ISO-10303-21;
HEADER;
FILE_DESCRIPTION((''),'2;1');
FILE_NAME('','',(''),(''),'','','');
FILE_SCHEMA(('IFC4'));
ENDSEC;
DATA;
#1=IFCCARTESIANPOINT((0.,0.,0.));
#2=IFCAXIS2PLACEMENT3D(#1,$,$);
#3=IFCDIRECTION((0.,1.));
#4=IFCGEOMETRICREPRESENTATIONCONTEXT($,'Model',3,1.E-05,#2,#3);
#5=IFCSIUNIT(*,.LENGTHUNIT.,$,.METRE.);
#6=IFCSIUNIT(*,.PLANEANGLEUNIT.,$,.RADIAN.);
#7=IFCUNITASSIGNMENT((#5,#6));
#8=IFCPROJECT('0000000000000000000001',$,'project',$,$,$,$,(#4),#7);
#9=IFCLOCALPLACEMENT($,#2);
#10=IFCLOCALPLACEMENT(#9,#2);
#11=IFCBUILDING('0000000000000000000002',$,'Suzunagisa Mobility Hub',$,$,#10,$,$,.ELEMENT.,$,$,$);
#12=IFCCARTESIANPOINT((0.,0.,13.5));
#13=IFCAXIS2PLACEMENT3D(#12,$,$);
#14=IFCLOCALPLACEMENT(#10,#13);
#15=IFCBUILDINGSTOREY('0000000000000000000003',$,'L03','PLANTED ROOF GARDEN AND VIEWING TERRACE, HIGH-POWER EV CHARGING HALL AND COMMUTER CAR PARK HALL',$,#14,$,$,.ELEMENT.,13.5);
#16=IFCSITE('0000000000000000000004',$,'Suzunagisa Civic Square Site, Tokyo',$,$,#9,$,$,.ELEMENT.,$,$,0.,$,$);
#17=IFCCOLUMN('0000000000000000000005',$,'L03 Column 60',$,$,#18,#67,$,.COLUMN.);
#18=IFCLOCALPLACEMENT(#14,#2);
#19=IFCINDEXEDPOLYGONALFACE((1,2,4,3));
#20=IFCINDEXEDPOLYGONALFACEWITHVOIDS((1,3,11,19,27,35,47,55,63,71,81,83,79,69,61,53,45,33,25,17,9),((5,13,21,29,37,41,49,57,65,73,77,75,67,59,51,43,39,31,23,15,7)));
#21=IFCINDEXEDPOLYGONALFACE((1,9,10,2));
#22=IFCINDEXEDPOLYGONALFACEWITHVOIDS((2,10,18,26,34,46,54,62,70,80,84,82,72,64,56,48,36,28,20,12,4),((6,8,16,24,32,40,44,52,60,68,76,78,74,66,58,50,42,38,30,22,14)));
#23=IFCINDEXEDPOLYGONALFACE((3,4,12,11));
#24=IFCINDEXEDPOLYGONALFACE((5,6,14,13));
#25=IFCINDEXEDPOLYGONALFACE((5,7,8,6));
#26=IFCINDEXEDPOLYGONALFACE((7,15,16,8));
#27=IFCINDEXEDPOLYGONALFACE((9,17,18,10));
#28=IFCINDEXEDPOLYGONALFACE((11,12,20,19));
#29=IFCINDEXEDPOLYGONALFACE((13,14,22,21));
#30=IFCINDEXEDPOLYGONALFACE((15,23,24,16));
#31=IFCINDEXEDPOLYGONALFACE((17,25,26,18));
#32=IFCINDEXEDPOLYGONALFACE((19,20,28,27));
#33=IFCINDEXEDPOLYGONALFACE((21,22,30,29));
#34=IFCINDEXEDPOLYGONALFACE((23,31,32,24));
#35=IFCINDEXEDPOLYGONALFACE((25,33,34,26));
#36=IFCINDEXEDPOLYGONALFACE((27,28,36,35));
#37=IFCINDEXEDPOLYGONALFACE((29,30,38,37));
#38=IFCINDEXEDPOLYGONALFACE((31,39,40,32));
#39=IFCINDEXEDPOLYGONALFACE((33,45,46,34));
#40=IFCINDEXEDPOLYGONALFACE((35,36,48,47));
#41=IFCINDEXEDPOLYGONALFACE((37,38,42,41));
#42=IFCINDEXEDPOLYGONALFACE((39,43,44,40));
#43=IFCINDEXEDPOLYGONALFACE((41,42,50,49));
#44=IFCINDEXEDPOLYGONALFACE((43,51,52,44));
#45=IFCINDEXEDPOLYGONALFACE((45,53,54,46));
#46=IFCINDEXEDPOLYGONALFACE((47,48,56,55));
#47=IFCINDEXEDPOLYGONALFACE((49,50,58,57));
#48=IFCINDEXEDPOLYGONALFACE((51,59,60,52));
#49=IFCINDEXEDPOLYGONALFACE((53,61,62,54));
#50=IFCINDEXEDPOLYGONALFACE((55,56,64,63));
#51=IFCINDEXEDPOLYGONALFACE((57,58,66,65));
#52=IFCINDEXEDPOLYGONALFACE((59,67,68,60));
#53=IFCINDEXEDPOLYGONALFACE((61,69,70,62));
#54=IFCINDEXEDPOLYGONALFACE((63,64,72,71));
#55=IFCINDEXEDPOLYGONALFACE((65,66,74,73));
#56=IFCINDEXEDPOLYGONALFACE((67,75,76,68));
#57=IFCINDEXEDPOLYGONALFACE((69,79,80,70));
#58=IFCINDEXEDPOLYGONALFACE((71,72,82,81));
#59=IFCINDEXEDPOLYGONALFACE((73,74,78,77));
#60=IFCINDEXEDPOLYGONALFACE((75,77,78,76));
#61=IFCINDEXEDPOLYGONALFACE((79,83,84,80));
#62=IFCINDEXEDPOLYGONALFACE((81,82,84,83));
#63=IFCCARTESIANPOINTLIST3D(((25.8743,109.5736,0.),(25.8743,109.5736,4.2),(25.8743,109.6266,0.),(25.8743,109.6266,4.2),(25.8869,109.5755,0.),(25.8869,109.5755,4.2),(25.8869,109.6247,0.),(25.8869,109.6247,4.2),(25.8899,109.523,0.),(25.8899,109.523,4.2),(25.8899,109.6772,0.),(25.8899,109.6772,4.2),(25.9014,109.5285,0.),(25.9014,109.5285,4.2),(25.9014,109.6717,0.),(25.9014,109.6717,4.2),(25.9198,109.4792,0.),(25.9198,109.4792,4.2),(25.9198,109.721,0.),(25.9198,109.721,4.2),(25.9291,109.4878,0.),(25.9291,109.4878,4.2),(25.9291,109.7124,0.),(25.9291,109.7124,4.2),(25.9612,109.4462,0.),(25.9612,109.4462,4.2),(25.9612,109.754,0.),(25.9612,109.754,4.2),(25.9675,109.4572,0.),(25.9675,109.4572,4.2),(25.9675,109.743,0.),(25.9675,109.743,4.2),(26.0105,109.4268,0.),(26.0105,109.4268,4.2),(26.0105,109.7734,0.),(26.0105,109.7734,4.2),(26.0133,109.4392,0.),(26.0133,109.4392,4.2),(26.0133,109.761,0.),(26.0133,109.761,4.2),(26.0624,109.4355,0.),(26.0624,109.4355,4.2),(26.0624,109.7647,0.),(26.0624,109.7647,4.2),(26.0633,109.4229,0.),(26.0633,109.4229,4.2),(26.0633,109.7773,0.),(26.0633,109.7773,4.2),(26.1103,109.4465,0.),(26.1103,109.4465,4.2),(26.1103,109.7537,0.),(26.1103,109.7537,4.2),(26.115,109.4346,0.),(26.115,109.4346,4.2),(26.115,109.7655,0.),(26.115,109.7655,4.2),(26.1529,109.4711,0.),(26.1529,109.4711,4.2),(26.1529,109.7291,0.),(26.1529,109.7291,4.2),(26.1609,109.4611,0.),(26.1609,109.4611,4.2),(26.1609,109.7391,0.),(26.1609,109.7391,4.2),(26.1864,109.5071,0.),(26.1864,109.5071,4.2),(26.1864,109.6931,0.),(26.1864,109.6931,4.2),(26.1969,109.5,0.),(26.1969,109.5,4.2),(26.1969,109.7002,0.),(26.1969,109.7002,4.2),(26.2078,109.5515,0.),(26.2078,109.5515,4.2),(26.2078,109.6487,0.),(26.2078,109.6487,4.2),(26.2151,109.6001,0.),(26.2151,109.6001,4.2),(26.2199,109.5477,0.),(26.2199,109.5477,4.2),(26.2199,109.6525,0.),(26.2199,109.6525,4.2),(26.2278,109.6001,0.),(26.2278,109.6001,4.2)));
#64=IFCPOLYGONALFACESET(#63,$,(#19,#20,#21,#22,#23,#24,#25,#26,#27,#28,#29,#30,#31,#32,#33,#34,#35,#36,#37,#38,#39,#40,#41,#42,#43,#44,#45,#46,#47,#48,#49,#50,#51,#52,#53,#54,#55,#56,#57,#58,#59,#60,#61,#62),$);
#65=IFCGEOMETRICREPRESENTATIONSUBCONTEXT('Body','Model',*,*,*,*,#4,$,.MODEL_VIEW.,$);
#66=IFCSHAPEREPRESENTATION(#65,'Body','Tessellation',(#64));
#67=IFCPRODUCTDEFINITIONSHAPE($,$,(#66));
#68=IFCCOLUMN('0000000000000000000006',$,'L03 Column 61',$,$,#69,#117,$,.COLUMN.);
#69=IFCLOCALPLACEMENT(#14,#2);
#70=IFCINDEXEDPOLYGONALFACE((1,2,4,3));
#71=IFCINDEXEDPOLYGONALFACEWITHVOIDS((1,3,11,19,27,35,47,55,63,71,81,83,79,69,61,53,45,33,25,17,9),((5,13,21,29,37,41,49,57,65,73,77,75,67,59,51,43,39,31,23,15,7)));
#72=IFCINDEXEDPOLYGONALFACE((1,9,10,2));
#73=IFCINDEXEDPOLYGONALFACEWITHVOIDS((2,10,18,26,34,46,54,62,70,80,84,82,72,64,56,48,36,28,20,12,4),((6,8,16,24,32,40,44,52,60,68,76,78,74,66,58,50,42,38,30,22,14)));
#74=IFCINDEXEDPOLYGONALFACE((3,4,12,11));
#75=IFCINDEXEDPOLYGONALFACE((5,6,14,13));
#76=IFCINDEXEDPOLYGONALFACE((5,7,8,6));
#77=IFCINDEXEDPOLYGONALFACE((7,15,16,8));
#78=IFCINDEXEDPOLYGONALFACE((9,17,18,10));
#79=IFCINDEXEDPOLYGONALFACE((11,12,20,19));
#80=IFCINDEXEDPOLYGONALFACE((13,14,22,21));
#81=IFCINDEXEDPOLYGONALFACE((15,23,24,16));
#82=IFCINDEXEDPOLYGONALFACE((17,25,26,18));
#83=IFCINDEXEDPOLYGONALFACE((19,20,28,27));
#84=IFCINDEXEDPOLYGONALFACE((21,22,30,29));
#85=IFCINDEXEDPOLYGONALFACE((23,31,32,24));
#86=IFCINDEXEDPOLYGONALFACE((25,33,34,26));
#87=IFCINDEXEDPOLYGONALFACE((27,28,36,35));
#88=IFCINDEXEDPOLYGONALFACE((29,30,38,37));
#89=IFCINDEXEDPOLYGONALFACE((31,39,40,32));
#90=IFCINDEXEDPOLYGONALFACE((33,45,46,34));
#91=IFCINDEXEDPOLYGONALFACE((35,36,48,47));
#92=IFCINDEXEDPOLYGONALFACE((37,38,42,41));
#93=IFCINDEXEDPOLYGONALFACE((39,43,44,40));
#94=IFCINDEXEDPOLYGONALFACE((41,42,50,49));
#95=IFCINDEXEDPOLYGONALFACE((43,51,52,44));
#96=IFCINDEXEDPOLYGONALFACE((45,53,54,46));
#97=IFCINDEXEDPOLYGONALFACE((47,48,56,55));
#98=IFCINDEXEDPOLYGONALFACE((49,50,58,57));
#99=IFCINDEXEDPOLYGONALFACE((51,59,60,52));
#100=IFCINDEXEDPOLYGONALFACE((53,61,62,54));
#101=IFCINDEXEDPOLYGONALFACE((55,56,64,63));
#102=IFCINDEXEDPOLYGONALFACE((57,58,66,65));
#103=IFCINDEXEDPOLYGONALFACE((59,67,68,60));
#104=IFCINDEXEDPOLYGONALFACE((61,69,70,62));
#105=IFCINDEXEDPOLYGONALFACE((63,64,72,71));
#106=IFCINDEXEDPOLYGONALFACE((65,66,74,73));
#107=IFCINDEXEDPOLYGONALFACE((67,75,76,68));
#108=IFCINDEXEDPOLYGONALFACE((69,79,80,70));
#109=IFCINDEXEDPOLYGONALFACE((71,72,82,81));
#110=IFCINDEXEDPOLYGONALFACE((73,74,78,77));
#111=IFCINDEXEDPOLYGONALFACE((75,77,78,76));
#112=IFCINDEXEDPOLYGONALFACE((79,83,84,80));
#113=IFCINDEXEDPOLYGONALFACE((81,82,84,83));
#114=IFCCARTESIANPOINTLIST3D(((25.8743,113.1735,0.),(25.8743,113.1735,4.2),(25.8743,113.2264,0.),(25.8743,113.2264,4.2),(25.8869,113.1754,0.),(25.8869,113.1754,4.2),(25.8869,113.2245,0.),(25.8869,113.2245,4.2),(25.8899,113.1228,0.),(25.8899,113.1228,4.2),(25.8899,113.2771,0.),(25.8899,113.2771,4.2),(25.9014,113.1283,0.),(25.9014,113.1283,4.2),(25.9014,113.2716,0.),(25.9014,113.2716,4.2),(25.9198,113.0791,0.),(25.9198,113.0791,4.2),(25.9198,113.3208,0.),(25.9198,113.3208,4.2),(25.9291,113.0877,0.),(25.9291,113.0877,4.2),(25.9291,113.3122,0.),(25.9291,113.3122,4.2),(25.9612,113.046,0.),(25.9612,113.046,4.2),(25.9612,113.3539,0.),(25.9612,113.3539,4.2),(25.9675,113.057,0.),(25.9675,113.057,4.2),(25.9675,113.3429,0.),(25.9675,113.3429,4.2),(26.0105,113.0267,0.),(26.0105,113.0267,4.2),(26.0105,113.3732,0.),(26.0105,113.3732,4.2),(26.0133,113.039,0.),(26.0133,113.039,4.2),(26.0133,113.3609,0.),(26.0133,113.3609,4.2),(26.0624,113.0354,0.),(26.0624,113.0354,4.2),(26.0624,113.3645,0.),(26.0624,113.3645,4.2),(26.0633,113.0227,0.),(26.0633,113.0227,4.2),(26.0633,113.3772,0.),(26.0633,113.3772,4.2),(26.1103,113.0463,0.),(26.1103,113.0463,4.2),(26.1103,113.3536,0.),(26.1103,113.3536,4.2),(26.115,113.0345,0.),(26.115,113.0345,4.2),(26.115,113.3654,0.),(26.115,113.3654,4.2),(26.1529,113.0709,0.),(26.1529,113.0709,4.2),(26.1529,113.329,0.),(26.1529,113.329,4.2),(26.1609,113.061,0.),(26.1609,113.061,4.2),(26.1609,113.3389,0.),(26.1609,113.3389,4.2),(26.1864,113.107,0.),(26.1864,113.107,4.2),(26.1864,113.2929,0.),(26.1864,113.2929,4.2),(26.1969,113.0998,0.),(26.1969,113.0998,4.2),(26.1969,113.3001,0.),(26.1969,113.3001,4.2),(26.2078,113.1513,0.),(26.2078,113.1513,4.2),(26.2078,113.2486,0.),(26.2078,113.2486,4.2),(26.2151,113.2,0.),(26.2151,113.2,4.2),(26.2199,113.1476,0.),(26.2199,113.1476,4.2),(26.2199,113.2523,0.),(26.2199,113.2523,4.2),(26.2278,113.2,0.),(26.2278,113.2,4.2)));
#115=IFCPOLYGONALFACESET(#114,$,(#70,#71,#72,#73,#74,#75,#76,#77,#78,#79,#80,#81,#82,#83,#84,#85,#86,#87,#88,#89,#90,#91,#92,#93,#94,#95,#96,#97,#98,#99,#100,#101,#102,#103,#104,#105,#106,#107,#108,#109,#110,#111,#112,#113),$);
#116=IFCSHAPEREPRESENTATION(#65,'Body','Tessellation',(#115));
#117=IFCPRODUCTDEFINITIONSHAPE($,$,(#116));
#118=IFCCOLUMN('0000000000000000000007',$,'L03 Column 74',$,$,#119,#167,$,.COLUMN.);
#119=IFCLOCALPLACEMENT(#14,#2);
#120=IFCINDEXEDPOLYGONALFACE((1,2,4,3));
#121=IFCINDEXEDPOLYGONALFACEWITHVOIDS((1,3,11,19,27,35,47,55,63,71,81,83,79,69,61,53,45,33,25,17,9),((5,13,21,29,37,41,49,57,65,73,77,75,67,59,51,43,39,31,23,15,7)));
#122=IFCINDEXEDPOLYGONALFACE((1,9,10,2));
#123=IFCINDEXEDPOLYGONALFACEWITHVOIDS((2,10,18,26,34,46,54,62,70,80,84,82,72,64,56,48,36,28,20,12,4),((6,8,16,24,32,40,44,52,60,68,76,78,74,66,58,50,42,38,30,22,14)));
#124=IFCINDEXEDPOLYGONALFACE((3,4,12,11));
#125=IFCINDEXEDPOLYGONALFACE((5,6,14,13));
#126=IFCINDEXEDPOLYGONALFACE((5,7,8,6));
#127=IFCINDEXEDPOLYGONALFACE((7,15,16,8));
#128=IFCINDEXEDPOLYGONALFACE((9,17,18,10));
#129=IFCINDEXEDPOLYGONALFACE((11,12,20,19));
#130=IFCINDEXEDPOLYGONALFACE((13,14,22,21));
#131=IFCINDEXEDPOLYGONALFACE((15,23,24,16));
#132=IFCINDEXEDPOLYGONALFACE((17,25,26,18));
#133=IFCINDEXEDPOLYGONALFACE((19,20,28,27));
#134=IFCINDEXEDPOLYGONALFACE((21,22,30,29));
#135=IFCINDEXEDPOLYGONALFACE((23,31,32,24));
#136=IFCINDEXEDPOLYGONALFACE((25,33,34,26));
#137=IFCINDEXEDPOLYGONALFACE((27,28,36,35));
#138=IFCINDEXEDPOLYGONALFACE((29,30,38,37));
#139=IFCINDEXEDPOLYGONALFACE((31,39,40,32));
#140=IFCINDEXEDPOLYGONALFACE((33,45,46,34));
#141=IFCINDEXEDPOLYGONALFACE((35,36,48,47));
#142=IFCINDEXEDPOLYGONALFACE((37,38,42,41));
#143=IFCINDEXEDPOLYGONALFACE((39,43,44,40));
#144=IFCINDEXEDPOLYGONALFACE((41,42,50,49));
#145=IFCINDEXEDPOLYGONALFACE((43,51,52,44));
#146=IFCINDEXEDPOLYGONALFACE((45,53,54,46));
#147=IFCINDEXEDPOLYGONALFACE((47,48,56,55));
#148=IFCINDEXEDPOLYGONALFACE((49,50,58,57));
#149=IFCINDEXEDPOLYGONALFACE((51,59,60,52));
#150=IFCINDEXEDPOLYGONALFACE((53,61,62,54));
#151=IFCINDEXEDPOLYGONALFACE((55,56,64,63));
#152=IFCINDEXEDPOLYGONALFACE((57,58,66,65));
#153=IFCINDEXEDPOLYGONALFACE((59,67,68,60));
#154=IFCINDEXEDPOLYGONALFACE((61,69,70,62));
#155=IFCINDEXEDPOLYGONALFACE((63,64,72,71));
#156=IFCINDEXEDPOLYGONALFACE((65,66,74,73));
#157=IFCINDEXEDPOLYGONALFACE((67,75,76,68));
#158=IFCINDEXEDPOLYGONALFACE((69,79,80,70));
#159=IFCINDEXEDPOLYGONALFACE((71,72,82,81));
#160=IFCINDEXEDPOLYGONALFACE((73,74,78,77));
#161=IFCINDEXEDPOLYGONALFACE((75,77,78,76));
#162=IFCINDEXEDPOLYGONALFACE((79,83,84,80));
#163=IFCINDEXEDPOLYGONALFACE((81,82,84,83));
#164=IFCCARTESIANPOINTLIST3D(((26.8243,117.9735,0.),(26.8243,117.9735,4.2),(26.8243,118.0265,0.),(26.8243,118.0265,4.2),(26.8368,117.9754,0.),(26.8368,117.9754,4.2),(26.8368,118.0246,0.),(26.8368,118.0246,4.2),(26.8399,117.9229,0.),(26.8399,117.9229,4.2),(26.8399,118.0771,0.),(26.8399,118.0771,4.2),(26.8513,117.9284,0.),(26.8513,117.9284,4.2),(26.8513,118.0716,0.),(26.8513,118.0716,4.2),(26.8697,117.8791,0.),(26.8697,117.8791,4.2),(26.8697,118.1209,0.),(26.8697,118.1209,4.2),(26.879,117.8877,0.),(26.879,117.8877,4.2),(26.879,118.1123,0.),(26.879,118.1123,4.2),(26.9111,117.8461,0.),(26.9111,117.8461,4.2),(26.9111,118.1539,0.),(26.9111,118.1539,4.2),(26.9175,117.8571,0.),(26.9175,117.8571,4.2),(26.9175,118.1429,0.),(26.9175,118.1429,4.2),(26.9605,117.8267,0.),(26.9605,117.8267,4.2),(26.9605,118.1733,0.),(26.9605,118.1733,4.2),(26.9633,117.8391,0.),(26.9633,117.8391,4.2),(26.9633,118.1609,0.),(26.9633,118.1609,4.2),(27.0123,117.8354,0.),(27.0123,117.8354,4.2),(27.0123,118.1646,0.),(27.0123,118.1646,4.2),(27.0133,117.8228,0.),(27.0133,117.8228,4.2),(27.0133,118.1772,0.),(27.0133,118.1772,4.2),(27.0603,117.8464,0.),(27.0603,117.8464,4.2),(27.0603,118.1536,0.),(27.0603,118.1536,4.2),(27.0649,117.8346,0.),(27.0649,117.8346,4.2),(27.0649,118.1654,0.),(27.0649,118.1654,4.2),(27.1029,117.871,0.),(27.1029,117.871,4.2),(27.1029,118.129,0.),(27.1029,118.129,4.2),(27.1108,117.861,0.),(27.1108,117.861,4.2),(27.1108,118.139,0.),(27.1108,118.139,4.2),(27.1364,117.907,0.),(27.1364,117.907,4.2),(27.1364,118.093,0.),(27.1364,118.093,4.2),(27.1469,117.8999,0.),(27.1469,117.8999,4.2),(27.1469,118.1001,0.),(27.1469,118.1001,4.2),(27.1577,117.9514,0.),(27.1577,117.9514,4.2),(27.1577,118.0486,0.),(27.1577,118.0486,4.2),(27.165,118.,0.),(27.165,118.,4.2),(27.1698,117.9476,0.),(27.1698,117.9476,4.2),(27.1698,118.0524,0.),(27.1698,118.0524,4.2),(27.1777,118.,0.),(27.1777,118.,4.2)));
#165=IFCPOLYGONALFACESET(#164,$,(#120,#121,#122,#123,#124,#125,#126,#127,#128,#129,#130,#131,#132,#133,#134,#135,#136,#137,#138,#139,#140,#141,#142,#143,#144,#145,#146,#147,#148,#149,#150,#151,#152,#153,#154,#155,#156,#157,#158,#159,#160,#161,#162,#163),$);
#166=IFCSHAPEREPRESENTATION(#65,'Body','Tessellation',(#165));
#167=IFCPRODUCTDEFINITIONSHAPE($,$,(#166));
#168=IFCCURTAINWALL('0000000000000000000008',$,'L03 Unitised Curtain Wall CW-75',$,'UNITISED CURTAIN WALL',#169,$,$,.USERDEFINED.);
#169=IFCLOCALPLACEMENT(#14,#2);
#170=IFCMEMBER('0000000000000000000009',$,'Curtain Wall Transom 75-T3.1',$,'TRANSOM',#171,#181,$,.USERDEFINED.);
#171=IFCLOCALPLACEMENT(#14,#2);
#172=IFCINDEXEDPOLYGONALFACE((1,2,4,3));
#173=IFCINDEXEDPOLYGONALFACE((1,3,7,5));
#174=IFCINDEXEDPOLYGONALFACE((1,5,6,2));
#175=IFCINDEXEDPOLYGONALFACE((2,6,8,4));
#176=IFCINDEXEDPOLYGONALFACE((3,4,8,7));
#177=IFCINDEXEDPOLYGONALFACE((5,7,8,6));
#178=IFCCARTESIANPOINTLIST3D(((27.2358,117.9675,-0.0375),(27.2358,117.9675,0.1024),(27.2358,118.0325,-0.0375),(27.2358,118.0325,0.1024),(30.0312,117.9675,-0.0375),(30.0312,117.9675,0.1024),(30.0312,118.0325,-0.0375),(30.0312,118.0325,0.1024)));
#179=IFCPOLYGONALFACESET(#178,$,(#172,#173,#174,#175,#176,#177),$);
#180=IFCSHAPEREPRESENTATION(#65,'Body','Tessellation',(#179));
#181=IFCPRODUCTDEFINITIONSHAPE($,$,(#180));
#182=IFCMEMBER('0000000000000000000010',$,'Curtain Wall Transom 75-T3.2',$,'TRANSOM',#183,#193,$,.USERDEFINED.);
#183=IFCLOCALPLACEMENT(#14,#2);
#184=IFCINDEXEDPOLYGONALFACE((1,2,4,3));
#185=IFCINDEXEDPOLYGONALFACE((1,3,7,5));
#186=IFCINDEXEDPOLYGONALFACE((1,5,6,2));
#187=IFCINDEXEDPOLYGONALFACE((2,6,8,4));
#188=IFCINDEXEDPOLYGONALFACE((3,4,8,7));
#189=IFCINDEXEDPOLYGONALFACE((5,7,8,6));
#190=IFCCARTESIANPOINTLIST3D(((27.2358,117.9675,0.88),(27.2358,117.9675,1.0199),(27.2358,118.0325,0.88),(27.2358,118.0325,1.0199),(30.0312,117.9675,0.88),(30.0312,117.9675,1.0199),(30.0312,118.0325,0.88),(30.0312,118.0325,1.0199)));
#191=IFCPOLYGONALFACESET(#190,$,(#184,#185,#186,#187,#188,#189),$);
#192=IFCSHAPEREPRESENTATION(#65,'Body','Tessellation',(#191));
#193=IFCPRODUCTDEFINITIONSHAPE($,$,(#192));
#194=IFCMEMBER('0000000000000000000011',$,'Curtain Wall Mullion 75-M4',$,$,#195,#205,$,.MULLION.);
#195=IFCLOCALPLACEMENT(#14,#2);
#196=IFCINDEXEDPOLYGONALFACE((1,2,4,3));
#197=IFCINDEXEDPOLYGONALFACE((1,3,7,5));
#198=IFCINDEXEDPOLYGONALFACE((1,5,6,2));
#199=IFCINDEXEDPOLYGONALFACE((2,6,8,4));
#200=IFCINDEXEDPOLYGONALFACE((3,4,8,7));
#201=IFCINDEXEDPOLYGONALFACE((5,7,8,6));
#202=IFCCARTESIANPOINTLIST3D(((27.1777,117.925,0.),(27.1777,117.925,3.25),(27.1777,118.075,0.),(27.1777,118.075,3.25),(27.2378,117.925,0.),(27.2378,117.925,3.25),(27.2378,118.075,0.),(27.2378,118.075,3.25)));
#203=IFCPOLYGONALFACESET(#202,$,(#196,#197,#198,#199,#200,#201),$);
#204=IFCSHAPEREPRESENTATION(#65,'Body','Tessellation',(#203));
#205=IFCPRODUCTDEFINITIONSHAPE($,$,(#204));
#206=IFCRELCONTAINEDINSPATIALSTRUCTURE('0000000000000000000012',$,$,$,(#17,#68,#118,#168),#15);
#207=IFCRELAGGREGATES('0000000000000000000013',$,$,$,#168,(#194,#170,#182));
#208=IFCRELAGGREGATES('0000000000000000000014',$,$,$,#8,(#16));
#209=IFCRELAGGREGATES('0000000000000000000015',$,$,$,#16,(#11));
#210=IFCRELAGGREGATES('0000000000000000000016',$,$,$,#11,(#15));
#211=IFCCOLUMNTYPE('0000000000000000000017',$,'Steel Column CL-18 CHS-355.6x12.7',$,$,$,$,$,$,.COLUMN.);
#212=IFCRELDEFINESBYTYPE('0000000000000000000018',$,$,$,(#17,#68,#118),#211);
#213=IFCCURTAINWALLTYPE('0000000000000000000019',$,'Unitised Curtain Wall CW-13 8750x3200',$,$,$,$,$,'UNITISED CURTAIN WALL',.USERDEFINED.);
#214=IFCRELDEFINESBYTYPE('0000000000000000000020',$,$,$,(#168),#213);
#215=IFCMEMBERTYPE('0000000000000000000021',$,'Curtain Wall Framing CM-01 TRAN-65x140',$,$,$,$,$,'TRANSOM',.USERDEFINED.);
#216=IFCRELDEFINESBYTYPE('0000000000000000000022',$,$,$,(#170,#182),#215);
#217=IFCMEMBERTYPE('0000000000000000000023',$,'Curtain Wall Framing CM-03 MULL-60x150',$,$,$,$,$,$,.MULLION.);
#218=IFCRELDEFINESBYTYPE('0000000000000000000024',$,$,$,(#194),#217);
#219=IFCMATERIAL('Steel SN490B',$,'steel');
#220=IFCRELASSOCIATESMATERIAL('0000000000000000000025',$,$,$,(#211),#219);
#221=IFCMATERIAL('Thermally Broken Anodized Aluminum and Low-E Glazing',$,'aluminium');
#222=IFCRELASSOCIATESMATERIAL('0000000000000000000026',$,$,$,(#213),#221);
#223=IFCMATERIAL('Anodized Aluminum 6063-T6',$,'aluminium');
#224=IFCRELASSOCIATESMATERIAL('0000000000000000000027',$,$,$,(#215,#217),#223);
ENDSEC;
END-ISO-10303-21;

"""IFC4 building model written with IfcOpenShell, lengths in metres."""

from ifc_helpers import new_model, si_unit, direction, frame, origin, origin_2d, place, context, subcontext, project, spatial, rectangle, hollow_circle, extrude, material, material_profile, profile_set, type_object, element, aggregate, save


model = new_model("IFC4")

# Units and contexts
model_context = context("Model", 3, precision=1e-05, world=origin(), true_north=direction((0.0, 1.0)))
body_context = subcontext(model_context, "Body", "Model", "MODEL_VIEW")
ifc_project = project(units=[si_unit("LENGTHUNIT", "METRE"), si_unit("PLANEANGLEUNIT", "RADIAN")], contexts=[model_context])

# Site, building, storey
site_placement = place(None, origin())
site = spatial("IfcSite", under=ifc_project, at=site_placement, Name="Suzunagisa Civic Square Site, Tokyo", CompositionType="ELEMENT", RefElevation=0.0)
building_placement = place(site_placement, origin())
building = spatial("IfcBuilding", under=site, at=building_placement, Name="Suzunagisa Mobility Hub", CompositionType="ELEMENT")
storey_placement = place(building_placement, frame((0.0, 0.0, 13.5)))
storey = spatial("IfcBuildingStorey", under=building, at=storey_placement, Name="L03", Description="PLANTED ROOF GARDEN AND VIEWING TERRACE, HIGH-POWER EV CHARGING HALL AND COMMUTER CAR PARK HALL", CompositionType="ELEMENT", Elevation=13.5)

# Columns
ifc_material_1 = material(Name="Steel SN490B", Category="steel")
ifc_material_profile_1 = material_profile(ifc_material_1, hollow_circle(Radius=0.1777, WallThickness=0.0127, at=origin_2d()), Name="CHS-355.6x12.7")
ifc_profile_set_1 = profile_set([ifc_material_profile_1], Name="Steel SN490B")
column_type = type_object("IfcColumnType", Name="Steel Column CL-18 CHS-355.6x12.7", PredefinedType="COLUMN", material=ifc_profile_set_1)
for number, where, z_axis, x_axis, name in (
    (1, (26.05, 109.6001, 0.0), (0.0, 0.0, 1.0), (1.0, 0.0, 0.0), "L03 Column 60"),
    (2, (26.05, 113.2, 0.0), (0.0, 0.0, 1.0), (1.0, 0.0, 0.0), "L03 Column 61"),
    (3, (27.0, 118.0, 0.0), (0.0, 0.0, 1.0), (1.0, 0.0, 0.0), "L03 Column 74"),
):
    element("IfcColumn", number, at=place(storey_placement, frame(where, z_axis=z_axis, x_axis=x_axis)), inside=storey, type_object=column_type, Name=name, PredefinedType="COLUMN", context=body_context, shape_type="SweptSolid", body=[
        extrude(hollow_circle(Radius=0.1777, WallThickness=0.0127, at=origin_2d()), origin(), (0.0, 0.0, 1.0), 4.2),
    ])

# Curtain wall, members
ifc_material_2 = material(Name="Thermally Broken Anodized Aluminum and Low-E Glazing", Category="aluminium")
curtain_wall_type = type_object("IfcCurtainWallType", Name="Unitised Curtain Wall CW-13 8750x3200", ElementType="UNITISED CURTAIN WALL", PredefinedType="USERDEFINED", material=ifc_material_2)
curtain_wall_placement = place(storey_placement, origin())
curtain_wall = element("IfcCurtainWall", 4, at=curtain_wall_placement, inside=storey, type_object=curtain_wall_type, Name="L03 Unitised Curtain Wall CW-75", ObjectType="UNITISED CURTAIN WALL", PredefinedType="USERDEFINED")
ifc_material_3 = material(Name="Anodized Aluminum 6063-T6", Category="aluminium")
ifc_material_profile_2 = material_profile(ifc_material_3, rectangle(XDim=0.0649, YDim=0.1399, at=origin_2d()), Name="TRAN-65x140")
ifc_profile_set_2 = profile_set([ifc_material_profile_2], Name="Anodized Aluminum 6063-T6")
member_type_1 = type_object("IfcMemberType", Name="Curtain Wall Framing CM-01 TRAN-65x140", ElementType="TRANSOM", PredefinedType="USERDEFINED", material=ifc_profile_set_2)
member_1_placement = place(storey_placement, frame((30.0312, 118.0, 0.0325), z_axis=(-1.0, 0.0, 0.0), x_axis=(0.0, -1.0, 0.0)))
member_1 = element("IfcMember", 5, at=member_1_placement, type_object=member_type_1, Name="Curtain Wall Transom 75-T3.1", ObjectType="TRANSOM", PredefinedType="USERDEFINED", context=body_context, shape_type="SweptSolid", body=[
    extrude(rectangle(XDim=0.0649, YDim=0.1399, at=origin_2d()), origin(), (0.0, 0.0, 1.0), 2.7954),
])
member_2_placement = place(storey_placement, frame((30.0312, 118.0, 0.95), z_axis=(-1.0, 0.0, 0.0), x_axis=(0.0, -1.0, 0.0)))
member_2 = element("IfcMember", 6, at=member_2_placement, type_object=member_type_1, Name="Curtain Wall Transom 75-T3.2", ObjectType="TRANSOM", PredefinedType="USERDEFINED", context=body_context, shape_type="SweptSolid", body=[
    extrude(rectangle(XDim=0.0649, YDim=0.1399, at=origin_2d()), origin(), (0.0, 0.0, 1.0), 2.7954),
])
ifc_material_profile_3 = material_profile(ifc_material_3, rectangle(XDim=0.0601, YDim=0.1499, at=origin_2d()), Name="MULL-60x150")
ifc_profile_set_3 = profile_set([ifc_material_profile_3], Name="Anodized Aluminum 6063-T6")
member_type_2 = type_object("IfcMemberType", Name="Curtain Wall Framing CM-03 MULL-60x150", PredefinedType="MULLION", material=ifc_profile_set_3)
member_3_placement = place(storey_placement, frame((27.2078, 118.0, 0.0), z_axis=(0.0, 0.0, 1.0), x_axis=(-1.0, 0.0, 0.0)))
member_3 = element("IfcMember", 7, at=member_3_placement, type_object=member_type_2, Name="Curtain Wall Mullion 75-M4", PredefinedType="MULLION", context=body_context, shape_type="SweptSolid", body=[
    extrude(rectangle(XDim=0.0601, YDim=0.1499, at=origin_2d()), origin(), (0.0, 0.0, 1.0), 3.25),
])

aggregate(curtain_wall, [member_3, member_1, member_2])

save(model, "model.ifc")
